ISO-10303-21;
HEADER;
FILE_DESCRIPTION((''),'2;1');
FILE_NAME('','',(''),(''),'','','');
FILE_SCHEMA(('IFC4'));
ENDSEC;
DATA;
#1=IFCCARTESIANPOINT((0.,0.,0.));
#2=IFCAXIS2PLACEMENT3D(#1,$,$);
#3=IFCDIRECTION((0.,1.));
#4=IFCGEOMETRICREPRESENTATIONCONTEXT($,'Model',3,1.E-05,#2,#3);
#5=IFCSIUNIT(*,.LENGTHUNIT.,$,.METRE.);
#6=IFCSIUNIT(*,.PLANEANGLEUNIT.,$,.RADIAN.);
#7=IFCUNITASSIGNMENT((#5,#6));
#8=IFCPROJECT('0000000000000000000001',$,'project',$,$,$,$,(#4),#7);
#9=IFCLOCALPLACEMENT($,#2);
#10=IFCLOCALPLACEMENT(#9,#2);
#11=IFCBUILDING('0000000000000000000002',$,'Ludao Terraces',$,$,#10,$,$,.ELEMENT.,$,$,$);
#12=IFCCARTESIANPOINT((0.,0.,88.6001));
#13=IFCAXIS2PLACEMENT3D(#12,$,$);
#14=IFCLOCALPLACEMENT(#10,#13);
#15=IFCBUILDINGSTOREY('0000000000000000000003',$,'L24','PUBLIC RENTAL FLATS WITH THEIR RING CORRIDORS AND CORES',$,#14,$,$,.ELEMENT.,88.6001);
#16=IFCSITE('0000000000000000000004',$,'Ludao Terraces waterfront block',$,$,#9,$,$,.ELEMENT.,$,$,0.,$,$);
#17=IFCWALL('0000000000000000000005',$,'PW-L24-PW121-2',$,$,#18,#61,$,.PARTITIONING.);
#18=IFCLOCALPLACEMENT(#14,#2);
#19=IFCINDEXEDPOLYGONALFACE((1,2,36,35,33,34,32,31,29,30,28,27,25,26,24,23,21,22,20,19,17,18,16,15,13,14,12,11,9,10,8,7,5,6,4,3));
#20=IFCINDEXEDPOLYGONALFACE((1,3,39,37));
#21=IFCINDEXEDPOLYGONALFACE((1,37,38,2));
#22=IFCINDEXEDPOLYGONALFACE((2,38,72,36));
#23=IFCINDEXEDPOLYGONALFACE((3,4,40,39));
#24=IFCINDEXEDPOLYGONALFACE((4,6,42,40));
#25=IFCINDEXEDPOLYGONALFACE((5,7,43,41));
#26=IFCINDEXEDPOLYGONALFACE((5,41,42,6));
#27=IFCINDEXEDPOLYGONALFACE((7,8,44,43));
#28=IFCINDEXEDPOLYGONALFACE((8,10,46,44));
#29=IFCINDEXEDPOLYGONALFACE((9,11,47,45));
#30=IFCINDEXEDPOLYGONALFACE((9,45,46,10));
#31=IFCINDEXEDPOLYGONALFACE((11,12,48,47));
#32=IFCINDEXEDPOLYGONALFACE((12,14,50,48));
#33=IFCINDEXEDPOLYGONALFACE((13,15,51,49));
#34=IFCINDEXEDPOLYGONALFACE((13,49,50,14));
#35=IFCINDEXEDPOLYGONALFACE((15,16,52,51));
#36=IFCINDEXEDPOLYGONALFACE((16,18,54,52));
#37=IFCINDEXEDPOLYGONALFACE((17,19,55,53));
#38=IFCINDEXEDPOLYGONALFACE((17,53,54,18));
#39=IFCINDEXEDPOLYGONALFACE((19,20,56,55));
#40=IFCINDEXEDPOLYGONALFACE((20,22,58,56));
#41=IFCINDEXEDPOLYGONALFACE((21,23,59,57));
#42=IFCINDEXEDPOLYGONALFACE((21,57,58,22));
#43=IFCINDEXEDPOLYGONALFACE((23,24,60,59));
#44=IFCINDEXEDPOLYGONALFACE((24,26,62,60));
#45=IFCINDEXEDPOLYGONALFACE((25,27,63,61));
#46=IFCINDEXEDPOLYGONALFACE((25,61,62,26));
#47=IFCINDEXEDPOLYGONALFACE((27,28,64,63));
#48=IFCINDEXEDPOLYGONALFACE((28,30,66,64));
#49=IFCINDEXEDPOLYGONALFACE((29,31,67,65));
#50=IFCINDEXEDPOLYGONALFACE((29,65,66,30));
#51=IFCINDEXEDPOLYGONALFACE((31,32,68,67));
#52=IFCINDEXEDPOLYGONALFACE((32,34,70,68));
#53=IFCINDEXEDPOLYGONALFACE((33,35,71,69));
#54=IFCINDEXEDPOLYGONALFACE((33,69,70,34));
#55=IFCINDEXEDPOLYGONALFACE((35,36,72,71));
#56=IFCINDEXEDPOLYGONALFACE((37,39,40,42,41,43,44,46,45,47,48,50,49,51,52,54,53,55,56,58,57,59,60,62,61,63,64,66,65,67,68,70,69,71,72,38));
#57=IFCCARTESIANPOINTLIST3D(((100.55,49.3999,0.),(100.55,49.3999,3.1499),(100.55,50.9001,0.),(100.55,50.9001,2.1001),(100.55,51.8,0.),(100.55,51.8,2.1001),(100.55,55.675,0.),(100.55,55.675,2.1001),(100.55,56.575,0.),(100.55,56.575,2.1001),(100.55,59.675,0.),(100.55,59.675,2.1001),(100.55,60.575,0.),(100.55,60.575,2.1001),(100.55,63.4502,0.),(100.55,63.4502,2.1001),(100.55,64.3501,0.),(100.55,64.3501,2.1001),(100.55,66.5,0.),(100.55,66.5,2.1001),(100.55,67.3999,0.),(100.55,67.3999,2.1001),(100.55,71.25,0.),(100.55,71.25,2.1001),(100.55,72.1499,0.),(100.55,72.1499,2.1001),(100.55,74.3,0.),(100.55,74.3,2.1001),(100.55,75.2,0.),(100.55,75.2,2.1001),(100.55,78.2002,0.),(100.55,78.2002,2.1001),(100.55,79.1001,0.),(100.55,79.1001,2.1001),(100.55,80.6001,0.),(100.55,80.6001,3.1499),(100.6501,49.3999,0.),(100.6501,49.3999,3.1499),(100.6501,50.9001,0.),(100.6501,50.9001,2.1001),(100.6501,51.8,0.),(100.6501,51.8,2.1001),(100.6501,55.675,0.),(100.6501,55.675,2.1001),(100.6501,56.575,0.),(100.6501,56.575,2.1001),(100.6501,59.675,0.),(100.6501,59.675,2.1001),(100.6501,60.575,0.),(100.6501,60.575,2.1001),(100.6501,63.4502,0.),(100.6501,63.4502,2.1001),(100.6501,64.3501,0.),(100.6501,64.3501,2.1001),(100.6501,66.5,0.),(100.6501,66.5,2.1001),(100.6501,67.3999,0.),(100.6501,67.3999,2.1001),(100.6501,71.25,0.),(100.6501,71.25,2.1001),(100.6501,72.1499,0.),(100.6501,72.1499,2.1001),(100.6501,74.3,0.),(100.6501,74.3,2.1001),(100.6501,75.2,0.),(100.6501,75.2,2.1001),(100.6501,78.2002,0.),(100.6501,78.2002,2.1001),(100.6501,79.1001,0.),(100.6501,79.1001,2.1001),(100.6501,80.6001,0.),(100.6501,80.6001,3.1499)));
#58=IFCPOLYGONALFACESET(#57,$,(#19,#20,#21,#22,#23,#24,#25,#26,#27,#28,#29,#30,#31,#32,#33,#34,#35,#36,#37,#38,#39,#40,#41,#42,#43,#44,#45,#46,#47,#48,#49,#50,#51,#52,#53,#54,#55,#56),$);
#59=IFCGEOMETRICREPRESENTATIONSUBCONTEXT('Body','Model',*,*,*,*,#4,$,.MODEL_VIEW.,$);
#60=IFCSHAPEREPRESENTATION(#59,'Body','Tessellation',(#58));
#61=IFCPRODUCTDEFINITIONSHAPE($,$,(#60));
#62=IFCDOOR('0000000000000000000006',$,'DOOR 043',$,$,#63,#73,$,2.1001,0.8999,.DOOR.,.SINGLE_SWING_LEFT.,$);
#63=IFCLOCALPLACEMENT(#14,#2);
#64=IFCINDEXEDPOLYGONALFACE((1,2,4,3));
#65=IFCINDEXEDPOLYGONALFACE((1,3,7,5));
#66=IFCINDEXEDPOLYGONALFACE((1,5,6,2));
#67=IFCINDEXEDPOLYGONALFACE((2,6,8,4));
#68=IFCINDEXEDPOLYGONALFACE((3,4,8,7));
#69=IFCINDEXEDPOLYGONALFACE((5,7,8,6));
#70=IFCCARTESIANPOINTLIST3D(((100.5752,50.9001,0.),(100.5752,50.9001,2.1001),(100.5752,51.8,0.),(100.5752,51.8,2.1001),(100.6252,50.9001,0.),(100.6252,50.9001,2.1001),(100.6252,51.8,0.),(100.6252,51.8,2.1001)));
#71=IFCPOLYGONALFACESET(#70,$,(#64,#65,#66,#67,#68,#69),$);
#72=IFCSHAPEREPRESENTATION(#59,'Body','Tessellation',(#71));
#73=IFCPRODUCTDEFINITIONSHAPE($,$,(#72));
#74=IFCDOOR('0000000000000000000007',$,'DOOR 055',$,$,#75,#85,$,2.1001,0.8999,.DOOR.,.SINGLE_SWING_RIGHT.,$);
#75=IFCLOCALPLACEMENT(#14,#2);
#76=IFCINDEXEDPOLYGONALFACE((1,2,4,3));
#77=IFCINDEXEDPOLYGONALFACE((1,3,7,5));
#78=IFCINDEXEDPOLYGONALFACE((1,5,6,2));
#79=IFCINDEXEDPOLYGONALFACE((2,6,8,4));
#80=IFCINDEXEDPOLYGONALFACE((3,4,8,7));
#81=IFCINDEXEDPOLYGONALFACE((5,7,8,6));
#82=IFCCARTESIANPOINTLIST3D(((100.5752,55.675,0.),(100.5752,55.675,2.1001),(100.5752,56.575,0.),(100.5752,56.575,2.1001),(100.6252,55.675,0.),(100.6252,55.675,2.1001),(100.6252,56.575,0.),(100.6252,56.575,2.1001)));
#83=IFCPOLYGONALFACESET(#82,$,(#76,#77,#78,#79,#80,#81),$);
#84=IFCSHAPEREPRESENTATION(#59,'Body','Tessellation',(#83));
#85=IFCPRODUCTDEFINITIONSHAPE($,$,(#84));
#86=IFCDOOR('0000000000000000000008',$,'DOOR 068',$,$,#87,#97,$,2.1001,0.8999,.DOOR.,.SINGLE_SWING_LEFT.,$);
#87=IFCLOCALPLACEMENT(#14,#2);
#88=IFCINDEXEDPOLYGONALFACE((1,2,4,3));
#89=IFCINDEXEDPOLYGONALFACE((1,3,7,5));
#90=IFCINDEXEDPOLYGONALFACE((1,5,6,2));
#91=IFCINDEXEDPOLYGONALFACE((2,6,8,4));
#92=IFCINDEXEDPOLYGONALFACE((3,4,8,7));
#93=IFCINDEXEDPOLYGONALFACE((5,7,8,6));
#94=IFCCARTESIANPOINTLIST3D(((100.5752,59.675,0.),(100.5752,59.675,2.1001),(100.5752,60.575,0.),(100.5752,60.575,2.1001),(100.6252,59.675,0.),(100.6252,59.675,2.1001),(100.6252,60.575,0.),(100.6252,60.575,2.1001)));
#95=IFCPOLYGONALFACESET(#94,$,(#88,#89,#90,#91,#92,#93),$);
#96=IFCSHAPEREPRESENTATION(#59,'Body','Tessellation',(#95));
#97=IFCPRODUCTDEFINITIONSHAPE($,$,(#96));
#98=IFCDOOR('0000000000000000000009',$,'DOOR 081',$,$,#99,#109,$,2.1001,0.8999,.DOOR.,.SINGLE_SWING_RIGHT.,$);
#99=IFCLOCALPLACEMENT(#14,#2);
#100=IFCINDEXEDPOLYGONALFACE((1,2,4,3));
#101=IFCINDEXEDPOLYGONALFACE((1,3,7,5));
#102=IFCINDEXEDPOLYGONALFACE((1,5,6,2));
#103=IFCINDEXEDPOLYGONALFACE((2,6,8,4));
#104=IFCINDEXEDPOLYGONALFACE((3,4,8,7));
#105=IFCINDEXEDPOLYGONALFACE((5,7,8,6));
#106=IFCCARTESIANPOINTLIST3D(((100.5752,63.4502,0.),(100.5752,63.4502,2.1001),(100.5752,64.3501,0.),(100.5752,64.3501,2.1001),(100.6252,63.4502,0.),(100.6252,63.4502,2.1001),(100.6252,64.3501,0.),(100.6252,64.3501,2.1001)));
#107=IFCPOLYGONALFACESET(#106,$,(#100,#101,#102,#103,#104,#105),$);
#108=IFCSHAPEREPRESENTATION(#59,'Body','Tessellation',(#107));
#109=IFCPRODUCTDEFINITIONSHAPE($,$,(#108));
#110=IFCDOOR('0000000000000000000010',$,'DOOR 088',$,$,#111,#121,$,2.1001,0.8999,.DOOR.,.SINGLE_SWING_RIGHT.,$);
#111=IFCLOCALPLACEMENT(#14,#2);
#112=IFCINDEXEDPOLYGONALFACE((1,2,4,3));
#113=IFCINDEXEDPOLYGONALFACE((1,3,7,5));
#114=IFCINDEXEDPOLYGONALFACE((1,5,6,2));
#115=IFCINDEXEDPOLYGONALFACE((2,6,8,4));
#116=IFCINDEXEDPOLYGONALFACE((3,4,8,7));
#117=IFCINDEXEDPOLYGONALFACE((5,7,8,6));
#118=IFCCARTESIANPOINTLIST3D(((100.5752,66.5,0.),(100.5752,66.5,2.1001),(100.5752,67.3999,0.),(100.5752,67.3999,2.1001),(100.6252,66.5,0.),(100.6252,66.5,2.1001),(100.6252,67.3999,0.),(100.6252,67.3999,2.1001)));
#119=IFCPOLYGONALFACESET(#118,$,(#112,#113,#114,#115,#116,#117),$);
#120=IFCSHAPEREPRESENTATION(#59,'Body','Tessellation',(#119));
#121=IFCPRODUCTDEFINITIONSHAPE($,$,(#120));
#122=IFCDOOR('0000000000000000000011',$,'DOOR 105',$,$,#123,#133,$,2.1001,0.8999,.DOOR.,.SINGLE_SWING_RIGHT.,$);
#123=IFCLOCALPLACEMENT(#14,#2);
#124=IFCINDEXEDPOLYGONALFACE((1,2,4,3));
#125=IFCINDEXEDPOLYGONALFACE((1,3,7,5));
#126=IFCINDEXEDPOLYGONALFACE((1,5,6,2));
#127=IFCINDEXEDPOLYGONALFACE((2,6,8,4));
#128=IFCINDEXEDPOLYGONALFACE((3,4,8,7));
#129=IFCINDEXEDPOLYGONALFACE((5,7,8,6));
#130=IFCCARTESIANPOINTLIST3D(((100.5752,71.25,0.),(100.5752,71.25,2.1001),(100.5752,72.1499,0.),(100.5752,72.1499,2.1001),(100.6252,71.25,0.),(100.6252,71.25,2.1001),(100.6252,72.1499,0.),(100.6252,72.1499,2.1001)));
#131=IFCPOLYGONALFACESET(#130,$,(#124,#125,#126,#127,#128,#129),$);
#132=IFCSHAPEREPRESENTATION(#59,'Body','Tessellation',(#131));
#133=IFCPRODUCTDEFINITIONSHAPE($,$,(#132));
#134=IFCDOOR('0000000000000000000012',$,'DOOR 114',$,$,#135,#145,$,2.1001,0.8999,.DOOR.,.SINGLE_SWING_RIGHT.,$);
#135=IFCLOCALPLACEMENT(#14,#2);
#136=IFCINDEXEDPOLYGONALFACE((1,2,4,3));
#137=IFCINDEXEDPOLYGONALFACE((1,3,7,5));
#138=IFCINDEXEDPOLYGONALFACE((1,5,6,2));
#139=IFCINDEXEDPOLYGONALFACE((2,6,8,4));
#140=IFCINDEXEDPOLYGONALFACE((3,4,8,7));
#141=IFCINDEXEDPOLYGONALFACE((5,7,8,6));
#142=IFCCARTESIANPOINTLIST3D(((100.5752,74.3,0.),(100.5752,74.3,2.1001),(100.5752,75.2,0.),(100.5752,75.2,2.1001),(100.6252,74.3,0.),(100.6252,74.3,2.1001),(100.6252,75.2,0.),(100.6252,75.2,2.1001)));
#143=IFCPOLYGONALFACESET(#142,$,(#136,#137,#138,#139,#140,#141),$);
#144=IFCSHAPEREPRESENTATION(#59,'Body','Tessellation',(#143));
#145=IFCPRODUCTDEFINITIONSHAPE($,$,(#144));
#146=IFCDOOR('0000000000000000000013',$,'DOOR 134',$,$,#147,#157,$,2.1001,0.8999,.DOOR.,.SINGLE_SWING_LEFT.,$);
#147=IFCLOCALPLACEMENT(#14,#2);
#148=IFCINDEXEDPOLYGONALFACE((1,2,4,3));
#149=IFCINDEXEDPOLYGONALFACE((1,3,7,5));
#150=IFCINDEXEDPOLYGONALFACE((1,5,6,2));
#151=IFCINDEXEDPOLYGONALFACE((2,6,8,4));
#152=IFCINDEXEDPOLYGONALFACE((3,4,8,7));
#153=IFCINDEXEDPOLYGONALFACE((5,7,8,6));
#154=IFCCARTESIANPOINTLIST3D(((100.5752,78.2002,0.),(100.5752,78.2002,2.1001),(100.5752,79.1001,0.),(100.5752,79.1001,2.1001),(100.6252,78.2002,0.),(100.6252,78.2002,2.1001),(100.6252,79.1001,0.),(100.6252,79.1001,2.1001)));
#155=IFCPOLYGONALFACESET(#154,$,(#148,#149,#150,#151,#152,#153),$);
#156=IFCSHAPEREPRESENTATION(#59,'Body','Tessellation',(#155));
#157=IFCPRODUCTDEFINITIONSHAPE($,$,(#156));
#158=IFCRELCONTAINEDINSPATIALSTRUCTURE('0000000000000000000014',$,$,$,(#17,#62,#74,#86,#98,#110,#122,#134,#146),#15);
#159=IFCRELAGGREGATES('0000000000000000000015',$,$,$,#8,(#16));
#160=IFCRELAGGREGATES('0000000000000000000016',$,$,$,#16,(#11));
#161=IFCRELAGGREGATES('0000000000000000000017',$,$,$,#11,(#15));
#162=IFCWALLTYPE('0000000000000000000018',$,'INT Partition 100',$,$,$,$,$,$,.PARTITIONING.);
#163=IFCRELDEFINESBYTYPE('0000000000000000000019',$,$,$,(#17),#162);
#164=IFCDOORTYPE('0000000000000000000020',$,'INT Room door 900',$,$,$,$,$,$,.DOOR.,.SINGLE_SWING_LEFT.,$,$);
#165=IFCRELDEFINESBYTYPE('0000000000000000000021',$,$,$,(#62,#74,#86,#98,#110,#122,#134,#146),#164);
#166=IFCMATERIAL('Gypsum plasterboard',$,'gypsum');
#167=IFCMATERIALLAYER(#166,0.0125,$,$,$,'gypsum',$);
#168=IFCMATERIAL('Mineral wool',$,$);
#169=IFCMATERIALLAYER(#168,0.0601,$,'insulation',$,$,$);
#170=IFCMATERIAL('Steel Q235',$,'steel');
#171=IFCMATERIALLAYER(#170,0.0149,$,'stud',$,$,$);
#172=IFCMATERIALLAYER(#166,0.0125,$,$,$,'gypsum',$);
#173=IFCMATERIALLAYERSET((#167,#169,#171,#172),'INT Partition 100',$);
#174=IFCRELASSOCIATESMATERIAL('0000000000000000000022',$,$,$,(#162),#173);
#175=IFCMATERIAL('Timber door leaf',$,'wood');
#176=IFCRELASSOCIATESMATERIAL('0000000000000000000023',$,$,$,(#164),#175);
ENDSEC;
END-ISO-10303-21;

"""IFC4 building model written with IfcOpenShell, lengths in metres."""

from ifc_helpers import new_model, si_unit, direction, frame, frame_2d, origin, place, context, subcontext, project, spatial, rectangle, extrude, material, layer, layer_set, type_object, element, fill, save


model = new_model("IFC4")

# Units and contexts
model_context = context("Model", 3, precision=1e-05, world=origin(), true_north=direction((0.0, 1.0)))
body_context = subcontext(model_context, "Body", "Model", "MODEL_VIEW")
ifc_project = project(units=[si_unit("LENGTHUNIT", "METRE"), si_unit("PLANEANGLEUNIT", "RADIAN")], contexts=[model_context])

# Site, building, storey
site_placement = place(None, origin())
site = spatial("IfcSite", under=ifc_project, at=site_placement, Name="Ludao Terraces waterfront block", CompositionType="ELEMENT", RefElevation=0.0)
building_placement = place(site_placement, origin())
building = spatial("IfcBuilding", under=site, at=building_placement, Name="Ludao Terraces", CompositionType="ELEMENT")
storey_placement = place(building_placement, frame((0.0, 0.0, 88.6001)))
storey = spatial("IfcBuildingStorey", under=building, at=storey_placement, Name="L24", Description="PUBLIC RENTAL FLATS WITH THEIR RING CORRIDORS AND CORES", CompositionType="ELEMENT", Elevation=88.6001)

# Shared definitions
ifc_material_1 = material(Name="Gypsum plasterboard", Category="gypsum")
ifc_layer_1 = layer(ifc_material_1, 0.0125, Category="gypsum")
ifc_material_2 = material(Name="Mineral wool")
ifc_layer_2 = layer(ifc_material_2, 0.0601, Name="insulation")
ifc_material_3 = material(Name="Steel Q235", Category="steel")
ifc_layer_3 = layer(ifc_material_3, 0.0149, Name="stud")
ifc_layer_4 = layer(ifc_material_1, 0.0125, Category="gypsum")
ifc_layer_set = layer_set([ifc_layer_1, ifc_layer_2, ifc_layer_3, ifc_layer_4], Name="INT Partition 100")
wall_type = type_object("IfcWallType", Name="INT Partition 100", PredefinedType="PARTITIONING", material=ifc_layer_set)

# Wall, openings, doors
ifc_material_4 = material(Name="Timber door leaf", Category="wood")
door_type_1 = type_object("IfcDoorType", Name="INT Room door 900", OperationType="SINGLE_SWING_LEFT", PredefinedType="DOOR", material=ifc_material_4)
wall_1_placement = place(storey_placement, frame((100.6001, 49.3999, 0.0), z_axis=(0.0, 0.0, 1.0), x_axis=(0.0, 1.0, 0.0)))
wall_1 = element("IfcWall", 1, at=wall_1_placement, inside=storey, type_object=wall_type, Name="PW-L24-PW121-2", PredefinedType="PARTITIONING", context=body_context, shape_type="SweptSolid", body=[
    extrude(rectangle(XDim=31.2002, YDim=0.1001, at=frame_2d((15.6001, 0.0))), origin(), (0.0, 0.0, 1.0), 3.1499),
])
opening_1_placement = place(wall_1_placement, frame((1.5002, 0.0, 0.0)))
opening_1 = element("IfcOpeningElement", 2, at=opening_1_placement, cuts=wall_1, PredefinedType="OPENING", context=body_context, shape_type="SweptSolid", body=[
    extrude(rectangle(XDim=0.8999, YDim=2.1001, at=frame_2d((0.45, 1.05))), frame((0.0, 0.0601, 0.0), z_axis=(0.0, -1.0, 0.0), x_axis=(1.0, 0.0, 0.0)), (0.0, 0.0, 1.0), 0.1201),
])
opening_2_placement = place(wall_1_placement, frame((6.2751, 0.0, 0.0)))
opening_2 = element("IfcOpeningElement", 3, at=opening_2_placement, cuts=wall_1, PredefinedType="OPENING", context=body_context, shape_type="SweptSolid", body=[
    extrude(rectangle(XDim=0.8999, YDim=2.1001, at=frame_2d((0.45, 1.05))), frame((0.0, 0.0601, 0.0), z_axis=(0.0, -1.0, 0.0), x_axis=(1.0, 0.0, 0.0)), (0.0, 0.0, 1.0), 0.1201),
])
opening_3_placement = place(wall_1_placement, frame((10.2751, 0.0, 0.0)))
opening_3 = element("IfcOpeningElement", 4, at=opening_3_placement, cuts=wall_1, PredefinedType="OPENING", context=body_context, shape_type="SweptSolid", body=[
    extrude(rectangle(XDim=0.8999, YDim=2.1001, at=frame_2d((0.45, 1.05))), frame((0.0, 0.0601, 0.0), z_axis=(0.0, -1.0, 0.0), x_axis=(1.0, 0.0, 0.0)), (0.0, 0.0, 1.0), 0.1201),
])
opening_4_placement = place(wall_1_placement, frame((14.0503, 0.0, 0.0)))
opening_4 = element("IfcOpeningElement", 5, at=opening_4_placement, cuts=wall_1, PredefinedType="OPENING", context=body_context, shape_type="SweptSolid", body=[
    extrude(rectangle(XDim=0.8999, YDim=2.1001, at=frame_2d((0.45, 1.05))), frame((0.0, 0.0601, 0.0), z_axis=(0.0, -1.0, 0.0), x_axis=(1.0, 0.0, 0.0)), (0.0, 0.0, 1.0), 0.1201),
])
opening_5_placement = place(wall_1_placement, frame((17.1001, 0.0, 0.0)))
opening_5 = element("IfcOpeningElement", 6, at=opening_5_placement, cuts=wall_1, PredefinedType="OPENING", context=body_context, shape_type="SweptSolid", body=[
    extrude(rectangle(XDim=0.8999, YDim=2.1001, at=frame_2d((0.45, 1.05))), frame((0.0, 0.0601, 0.0), z_axis=(0.0, -1.0, 0.0), x_axis=(1.0, 0.0, 0.0)), (0.0, 0.0, 1.0), 0.1201),
])
opening_6_placement = place(wall_1_placement, frame((21.8501, 0.0, 0.0)))
opening_6 = element("IfcOpeningElement", 7, at=opening_6_placement, cuts=wall_1, PredefinedType="OPENING", context=body_context, shape_type="SweptSolid", body=[
    extrude(rectangle(XDim=0.8999, YDim=2.1001, at=frame_2d((0.45, 1.05))), frame((0.0, 0.0601, 0.0), z_axis=(0.0, -1.0, 0.0), x_axis=(1.0, 0.0, 0.0)), (0.0, 0.0, 1.0), 0.1201),
])
opening_7_placement = place(wall_1_placement, frame((24.9001, 0.0, 0.0)))
opening_7 = element("IfcOpeningElement", 8, at=opening_7_placement, cuts=wall_1, PredefinedType="OPENING", context=body_context, shape_type="SweptSolid", body=[
    extrude(rectangle(XDim=0.8999, YDim=2.1001, at=frame_2d((0.45, 1.05))), frame((0.0, 0.0601, 0.0), z_axis=(0.0, -1.0, 0.0), x_axis=(1.0, 0.0, 0.0)), (0.0, 0.0, 1.0), 0.1201),
])
opening_8_placement = place(wall_1_placement, frame((28.8003, 0.0, 0.0)))
opening_8 = element("IfcOpeningElement", 9, at=opening_8_placement, cuts=wall_1, PredefinedType="OPENING", context=body_context, shape_type="SweptSolid", body=[
    extrude(rectangle(XDim=0.8999, YDim=2.1001, at=frame_2d((0.45, 1.05))), frame((0.0, 0.0601, 0.0), z_axis=(0.0, -1.0, 0.0), x_axis=(1.0, 0.0, 0.0)), (0.0, 0.0, 1.0), 0.1201),
])
door_1_placement = place(opening_1_placement, origin())
door_1 = element("IfcDoor", 10, at=door_1_placement, inside=storey, type_object=door_type_1, Name="DOOR 043", OperationType="SINGLE_SWING_LEFT", OverallHeight=2.1001, OverallWidth=0.8999, PredefinedType="DOOR", context=body_context, shape_type="SweptSolid", body=[
    extrude(rectangle(XDim=0.8999, YDim=2.1001, at=frame_2d((0.45, 1.05))), frame((0.0, 0.0249, 0.0), z_axis=(0.0, -1.0, 0.0), x_axis=(1.0, 0.0, 0.0)), (0.0, 0.0, 1.0), 0.05),
])
fill(opening_1, door_1)
door_2_placement = place(opening_2_placement, origin())
door_2 = element("IfcDoor", 11, at=door_2_placement, inside=storey, type_object=door_type_1, Name="DOOR 055", OperationType="SINGLE_SWING_RIGHT", OverallHeight=2.1001, OverallWidth=0.8999, PredefinedType="DOOR", context=body_context, shape_type="SweptSolid", body=[
    extrude(rectangle(XDim=0.8999, YDim=2.1001, at=frame_2d((0.45, 1.05))), frame((0.0, 0.0249, 0.0), z_axis=(0.0, -1.0, 0.0), x_axis=(1.0, 0.0, 0.0)), (0.0, 0.0, 1.0), 0.05),
])
fill(opening_2, door_2)
door_3_placement = place(opening_3_placement, origin())
door_3 = element("IfcDoor", 12, at=door_3_placement, inside=storey, type_object=door_type_1, Name="DOOR 068", OperationType="SINGLE_SWING_LEFT", OverallHeight=2.1001, OverallWidth=0.8999, PredefinedType="DOOR", context=body_context, shape_type="SweptSolid", body=[
    extrude(rectangle(XDim=0.8999, YDim=2.1001, at=frame_2d((0.45, 1.05))), frame((0.0, 0.0249, 0.0), z_axis=(0.0, -1.0, 0.0), x_axis=(1.0, 0.0, 0.0)), (0.0, 0.0, 1.0), 0.05),
])
fill(opening_3, door_3)
door_4_placement = place(opening_4_placement, origin())
door_4 = element("IfcDoor", 13, at=door_4_placement, inside=storey, type_object=door_type_1, Name="DOOR 081", OperationType="SINGLE_SWING_RIGHT", OverallHeight=2.1001, OverallWidth=0.8999, PredefinedType="DOOR", context=body_context, shape_type="SweptSolid", body=[
    extrude(rectangle(XDim=0.8999, YDim=2.1001, at=frame_2d((0.45, 1.05))), frame((0.0, 0.0249, 0.0), z_axis=(0.0, -1.0, 0.0), x_axis=(1.0, 0.0, 0.0)), (0.0, 0.0, 1.0), 0.05),
])
fill(opening_4, door_4)
door_5_placement = place(opening_5_placement, origin())
door_5 = element("IfcDoor", 14, at=door_5_placement, inside=storey, type_object=door_type_1, Name="DOOR 088", OperationType="SINGLE_SWING_RIGHT", OverallHeight=2.1001, OverallWidth=0.8999, PredefinedType="DOOR", context=body_context, shape_type="SweptSolid", body=[
    extrude(rectangle(XDim=0.8999, YDim=2.1001, at=frame_2d((0.45, 1.05))), frame((0.0, 0.0249, 0.0), z_axis=(0.0, -1.0, 0.0), x_axis=(1.0, 0.0, 0.0)), (0.0, 0.0, 1.0), 0.05),
])
fill(opening_5, door_5)
door_6_placement = place(opening_6_placement, origin())
door_6 = element("IfcDoor", 15, at=door_6_placement, inside=storey, type_object=door_type_1, Name="DOOR 105", OperationType="SINGLE_SWING_RIGHT", OverallHeight=2.1001, OverallWidth=0.8999, PredefinedType="DOOR", context=body_context, shape_type="SweptSolid", body=[
    extrude(rectangle(XDim=0.8999, YDim=2.1001, at=frame_2d((0.45, 1.05))), frame((0.0, 0.0249, 0.0), z_axis=(0.0, -1.0, 0.0), x_axis=(1.0, 0.0, 0.0)), (0.0, 0.0, 1.0), 0.05),
])
fill(opening_6, door_6)
door_7_placement = place(opening_7_placement, origin())
door_7 = element("IfcDoor", 16, at=door_7_placement, inside=storey, type_object=door_type_1, Name="DOOR 114", OperationType="SINGLE_SWING_RIGHT", OverallHeight=2.1001, OverallWidth=0.8999, PredefinedType="DOOR", context=body_context, shape_type="SweptSolid", body=[
    extrude(rectangle(XDim=0.8999, YDim=2.1001, at=frame_2d((0.45, 1.05))), frame((0.0, 0.0249, 0.0), z_axis=(0.0, -1.0, 0.0), x_axis=(1.0, 0.0, 0.0)), (0.0, 0.0, 1.0), 0.05),
])
fill(opening_7, door_7)
door_8_placement = place(opening_8_placement, origin())
door_8 = element("IfcDoor", 17, at=door_8_placement, inside=storey, type_object=door_type_1, Name="DOOR 134", OperationType="SINGLE_SWING_LEFT", OverallHeight=2.1001, OverallWidth=0.8999, PredefinedType="DOOR", context=body_context, shape_type="SweptSolid", body=[
    extrude(rectangle(XDim=0.8999, YDim=2.1001, at=frame_2d((0.45, 1.05))), frame((0.0, 0.0249, 0.0), z_axis=(0.0, -1.0, 0.0), x_axis=(1.0, 0.0, 0.0)), (0.0, 0.0, 1.0), 0.05),
])
fill(opening_8, door_8)

save(model, "model.ifc")
